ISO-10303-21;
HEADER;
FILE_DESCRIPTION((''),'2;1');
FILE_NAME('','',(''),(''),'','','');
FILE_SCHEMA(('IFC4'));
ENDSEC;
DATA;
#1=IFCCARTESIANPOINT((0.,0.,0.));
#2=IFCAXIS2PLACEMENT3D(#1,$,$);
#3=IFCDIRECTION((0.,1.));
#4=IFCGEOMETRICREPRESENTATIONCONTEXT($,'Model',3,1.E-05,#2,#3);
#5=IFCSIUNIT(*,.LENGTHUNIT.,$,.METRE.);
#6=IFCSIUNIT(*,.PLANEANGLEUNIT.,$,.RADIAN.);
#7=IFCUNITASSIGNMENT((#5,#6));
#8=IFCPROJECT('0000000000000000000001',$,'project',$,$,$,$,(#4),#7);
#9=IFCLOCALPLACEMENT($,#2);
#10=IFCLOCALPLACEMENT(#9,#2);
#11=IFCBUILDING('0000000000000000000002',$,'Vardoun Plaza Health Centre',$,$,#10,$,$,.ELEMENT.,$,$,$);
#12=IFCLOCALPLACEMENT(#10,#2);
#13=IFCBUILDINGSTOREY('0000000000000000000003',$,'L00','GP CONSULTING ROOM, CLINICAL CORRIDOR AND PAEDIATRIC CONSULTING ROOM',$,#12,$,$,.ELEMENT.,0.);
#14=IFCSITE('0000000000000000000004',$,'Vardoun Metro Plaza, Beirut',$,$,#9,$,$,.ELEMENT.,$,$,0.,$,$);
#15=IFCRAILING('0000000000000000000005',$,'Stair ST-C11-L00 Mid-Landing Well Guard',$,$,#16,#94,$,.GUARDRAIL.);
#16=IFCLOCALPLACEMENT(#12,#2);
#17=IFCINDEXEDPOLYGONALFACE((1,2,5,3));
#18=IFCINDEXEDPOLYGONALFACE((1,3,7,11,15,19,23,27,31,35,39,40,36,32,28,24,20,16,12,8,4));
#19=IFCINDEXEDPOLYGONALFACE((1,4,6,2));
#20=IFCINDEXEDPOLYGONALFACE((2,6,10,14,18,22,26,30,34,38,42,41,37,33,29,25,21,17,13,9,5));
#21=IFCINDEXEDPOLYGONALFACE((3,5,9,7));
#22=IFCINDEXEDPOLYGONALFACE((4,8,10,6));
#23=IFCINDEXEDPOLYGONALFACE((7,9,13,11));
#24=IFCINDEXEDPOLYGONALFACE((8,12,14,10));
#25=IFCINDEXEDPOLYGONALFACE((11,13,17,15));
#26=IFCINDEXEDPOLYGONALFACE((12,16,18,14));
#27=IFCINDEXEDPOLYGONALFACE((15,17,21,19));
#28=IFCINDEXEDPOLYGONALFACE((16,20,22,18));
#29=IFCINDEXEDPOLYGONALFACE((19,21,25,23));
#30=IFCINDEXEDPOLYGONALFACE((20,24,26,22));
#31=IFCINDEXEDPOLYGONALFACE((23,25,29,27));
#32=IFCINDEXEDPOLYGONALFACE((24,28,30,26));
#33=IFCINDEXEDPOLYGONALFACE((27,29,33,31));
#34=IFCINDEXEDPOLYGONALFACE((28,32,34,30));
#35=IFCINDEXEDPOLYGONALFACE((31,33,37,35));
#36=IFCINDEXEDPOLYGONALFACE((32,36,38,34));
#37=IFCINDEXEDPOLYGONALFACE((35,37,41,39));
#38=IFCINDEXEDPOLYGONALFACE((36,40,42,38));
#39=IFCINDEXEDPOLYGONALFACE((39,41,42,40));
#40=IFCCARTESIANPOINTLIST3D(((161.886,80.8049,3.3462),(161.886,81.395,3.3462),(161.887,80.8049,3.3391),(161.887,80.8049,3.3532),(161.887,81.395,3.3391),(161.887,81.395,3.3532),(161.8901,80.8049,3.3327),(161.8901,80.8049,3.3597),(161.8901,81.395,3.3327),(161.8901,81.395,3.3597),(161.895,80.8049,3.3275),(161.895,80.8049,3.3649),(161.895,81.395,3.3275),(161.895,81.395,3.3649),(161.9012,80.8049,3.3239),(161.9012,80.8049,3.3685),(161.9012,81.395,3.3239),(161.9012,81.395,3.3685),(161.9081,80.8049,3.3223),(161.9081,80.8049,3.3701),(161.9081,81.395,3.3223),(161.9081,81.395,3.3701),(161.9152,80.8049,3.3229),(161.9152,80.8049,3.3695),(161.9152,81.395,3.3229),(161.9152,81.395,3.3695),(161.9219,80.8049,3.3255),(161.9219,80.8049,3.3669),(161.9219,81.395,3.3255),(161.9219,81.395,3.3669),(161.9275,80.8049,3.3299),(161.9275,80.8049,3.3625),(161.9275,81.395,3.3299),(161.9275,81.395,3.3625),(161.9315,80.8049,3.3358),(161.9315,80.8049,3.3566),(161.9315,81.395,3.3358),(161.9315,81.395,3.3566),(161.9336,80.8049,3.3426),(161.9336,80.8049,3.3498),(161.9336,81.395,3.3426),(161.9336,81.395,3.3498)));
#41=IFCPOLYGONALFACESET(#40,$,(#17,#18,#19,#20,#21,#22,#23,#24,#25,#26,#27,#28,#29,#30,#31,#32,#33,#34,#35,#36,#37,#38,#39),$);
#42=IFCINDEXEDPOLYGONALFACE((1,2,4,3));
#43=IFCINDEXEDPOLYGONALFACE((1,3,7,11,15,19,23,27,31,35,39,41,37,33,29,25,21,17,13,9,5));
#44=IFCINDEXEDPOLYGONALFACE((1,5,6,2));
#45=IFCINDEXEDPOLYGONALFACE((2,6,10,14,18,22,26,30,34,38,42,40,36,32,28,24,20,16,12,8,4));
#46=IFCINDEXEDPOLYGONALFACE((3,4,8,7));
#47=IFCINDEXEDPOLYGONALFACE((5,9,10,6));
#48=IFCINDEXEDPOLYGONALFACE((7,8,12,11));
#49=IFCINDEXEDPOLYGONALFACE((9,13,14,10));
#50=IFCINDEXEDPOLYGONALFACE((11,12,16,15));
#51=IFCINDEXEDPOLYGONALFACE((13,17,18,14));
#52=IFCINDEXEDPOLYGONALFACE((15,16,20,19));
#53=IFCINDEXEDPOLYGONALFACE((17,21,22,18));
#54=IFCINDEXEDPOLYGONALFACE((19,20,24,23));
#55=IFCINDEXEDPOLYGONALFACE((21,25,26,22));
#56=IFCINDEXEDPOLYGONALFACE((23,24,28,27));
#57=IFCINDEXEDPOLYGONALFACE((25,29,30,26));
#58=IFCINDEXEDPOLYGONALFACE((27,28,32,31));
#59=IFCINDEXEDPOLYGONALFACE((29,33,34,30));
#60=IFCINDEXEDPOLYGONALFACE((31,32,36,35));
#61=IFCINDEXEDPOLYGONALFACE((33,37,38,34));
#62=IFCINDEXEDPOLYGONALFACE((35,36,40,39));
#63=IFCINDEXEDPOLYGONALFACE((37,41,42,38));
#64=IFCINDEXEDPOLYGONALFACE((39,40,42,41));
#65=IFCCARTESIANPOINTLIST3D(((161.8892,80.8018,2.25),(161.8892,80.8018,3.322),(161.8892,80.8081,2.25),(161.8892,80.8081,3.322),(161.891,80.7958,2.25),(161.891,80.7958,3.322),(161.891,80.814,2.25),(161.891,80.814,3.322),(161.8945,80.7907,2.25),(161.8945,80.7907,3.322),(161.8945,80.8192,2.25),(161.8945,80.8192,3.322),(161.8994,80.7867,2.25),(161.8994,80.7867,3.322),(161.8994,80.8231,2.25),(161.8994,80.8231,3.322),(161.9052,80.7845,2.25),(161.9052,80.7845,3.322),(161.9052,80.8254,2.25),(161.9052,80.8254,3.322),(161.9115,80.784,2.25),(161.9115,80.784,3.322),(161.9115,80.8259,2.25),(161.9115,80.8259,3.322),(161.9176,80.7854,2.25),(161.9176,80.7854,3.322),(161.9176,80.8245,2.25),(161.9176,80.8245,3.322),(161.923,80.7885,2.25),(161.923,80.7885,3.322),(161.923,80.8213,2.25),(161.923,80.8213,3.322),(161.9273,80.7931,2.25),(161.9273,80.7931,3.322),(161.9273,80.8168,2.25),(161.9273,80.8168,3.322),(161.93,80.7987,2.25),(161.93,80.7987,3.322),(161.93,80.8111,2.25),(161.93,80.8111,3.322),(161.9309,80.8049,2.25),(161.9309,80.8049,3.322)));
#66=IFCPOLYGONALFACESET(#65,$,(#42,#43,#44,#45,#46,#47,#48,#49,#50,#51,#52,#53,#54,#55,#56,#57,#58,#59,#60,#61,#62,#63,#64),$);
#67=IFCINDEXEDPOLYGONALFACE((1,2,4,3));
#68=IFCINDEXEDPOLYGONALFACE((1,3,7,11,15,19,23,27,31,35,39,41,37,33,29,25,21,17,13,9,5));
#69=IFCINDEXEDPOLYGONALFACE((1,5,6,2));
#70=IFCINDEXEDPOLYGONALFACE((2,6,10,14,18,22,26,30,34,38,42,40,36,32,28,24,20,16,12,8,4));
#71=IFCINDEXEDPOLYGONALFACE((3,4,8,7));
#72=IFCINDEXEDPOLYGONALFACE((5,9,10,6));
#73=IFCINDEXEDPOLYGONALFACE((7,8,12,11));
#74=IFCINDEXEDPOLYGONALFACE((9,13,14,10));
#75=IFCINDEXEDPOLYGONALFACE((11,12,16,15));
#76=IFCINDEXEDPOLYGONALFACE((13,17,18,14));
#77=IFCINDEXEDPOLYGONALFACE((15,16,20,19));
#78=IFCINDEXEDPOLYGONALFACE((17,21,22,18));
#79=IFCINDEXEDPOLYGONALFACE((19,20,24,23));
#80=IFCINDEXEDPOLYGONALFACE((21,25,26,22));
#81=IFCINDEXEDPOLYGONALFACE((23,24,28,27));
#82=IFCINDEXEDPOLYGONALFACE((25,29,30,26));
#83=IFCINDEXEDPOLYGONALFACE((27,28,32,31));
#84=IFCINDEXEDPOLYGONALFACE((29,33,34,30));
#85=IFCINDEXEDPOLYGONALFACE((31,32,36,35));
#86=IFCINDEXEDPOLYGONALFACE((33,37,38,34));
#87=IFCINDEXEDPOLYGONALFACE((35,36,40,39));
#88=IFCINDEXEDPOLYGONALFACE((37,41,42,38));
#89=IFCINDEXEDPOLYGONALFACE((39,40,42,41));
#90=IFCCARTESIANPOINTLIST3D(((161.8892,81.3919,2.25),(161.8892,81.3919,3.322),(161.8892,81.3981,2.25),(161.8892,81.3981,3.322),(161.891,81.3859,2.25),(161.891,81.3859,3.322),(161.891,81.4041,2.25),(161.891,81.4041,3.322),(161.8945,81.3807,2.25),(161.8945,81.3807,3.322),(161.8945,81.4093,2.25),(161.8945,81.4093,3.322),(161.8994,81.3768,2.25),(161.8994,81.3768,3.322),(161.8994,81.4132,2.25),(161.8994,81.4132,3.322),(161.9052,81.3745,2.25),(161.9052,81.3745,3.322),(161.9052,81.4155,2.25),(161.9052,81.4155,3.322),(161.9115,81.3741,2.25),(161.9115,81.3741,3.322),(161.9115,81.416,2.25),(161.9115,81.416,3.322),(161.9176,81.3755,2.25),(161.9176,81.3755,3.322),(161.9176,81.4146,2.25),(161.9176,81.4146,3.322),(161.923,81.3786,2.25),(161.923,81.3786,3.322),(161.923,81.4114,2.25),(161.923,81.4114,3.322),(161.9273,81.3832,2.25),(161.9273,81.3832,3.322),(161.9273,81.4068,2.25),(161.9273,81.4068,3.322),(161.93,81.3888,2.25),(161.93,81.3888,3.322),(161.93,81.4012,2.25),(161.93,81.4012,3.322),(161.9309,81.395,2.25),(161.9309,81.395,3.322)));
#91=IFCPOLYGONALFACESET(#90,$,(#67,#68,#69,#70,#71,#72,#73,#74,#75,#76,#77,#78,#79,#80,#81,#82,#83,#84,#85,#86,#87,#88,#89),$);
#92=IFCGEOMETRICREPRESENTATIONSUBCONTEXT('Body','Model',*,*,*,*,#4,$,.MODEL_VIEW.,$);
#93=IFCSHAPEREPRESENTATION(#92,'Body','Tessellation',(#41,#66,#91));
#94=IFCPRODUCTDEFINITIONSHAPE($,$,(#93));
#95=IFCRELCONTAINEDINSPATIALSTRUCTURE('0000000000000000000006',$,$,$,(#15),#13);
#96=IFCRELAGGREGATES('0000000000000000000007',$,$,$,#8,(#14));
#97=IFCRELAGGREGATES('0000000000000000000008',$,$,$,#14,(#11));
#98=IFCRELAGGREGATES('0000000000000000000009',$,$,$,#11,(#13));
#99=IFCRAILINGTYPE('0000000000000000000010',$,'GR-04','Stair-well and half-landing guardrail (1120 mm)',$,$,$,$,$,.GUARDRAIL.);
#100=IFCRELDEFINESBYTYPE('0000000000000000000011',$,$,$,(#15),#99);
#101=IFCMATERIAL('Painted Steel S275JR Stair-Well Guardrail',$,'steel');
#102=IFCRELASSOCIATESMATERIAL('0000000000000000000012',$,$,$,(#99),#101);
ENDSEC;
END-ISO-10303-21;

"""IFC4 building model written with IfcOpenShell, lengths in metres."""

from ifc_helpers import new_model, si_unit, direction, frame, origin, origin_2d, place, context, subcontext, project, spatial, circle, extrude, material, type_object, element, save


model = new_model("IFC4")

# Units and contexts
model_context = context("Model", 3, precision=1e-05, world=origin(), true_north=direction((0.0, 1.0)))
body_context = subcontext(model_context, "Body", "Model", "MODEL_VIEW")
ifc_project = project(units=[si_unit("LENGTHUNIT", "METRE"), si_unit("PLANEANGLEUNIT", "RADIAN")], contexts=[model_context])

# Site, building, storey
site_placement = place(None, origin())
site = spatial("IfcSite", under=ifc_project, at=site_placement, Name="Vardoun Metro Plaza, Beirut", CompositionType="ELEMENT", RefElevation=0.0)
building_placement = place(site_placement, origin())
building = spatial("IfcBuilding", under=site, at=building_placement, Name="Vardoun Plaza Health Centre", CompositionType="ELEMENT")
storey_placement = place(building_placement, origin())
storey = spatial("IfcBuildingStorey", under=building, at=storey_placement, Name="L00", Description="GP CONSULTING ROOM, CLINICAL CORRIDOR AND PAEDIATRIC CONSULTING ROOM", CompositionType="ELEMENT", Elevation=0.0)

# Railing
ifc_material_1 = material(Name="Painted Steel S275JR Stair-Well Guardrail", Category="steel")
railing_type_1 = type_object("IfcRailingType", Name="GR-04", Description="Stair-well and half-landing guardrail (1120 mm)", PredefinedType="GUARDRAIL", material=ifc_material_1)
railing_1_placement = place(storey_placement, frame((161.9099, 80.8049, 2.25)))
element("IfcRailing", 1, at=railing_1_placement, inside=storey, type_object=railing_type_1, Name="Stair ST-C11-L00 Mid-Landing Well Guard", PredefinedType="GUARDRAIL", context=body_context, shape_type="SweptSolid", body=[
    extrude(circle(Radius=0.0239, at=origin_2d()), frame((0.0, 0.0, 1.0962), z_axis=(0.0, 1.0, 0.0), x_axis=(-1.0, 0.0, 0.0)), (0.0, 0.0, 1.0), 0.5901),
    extrude(circle(Radius=0.021, at=origin_2d()), origin(), (0.0, 0.0, 1.0), 1.072),
    extrude(circle(Radius=0.021, at=origin_2d()), frame((0.0, 0.5901, 0.0)), (0.0, 0.0, 1.0), 1.072),
])

save(model, "model.ifc")
